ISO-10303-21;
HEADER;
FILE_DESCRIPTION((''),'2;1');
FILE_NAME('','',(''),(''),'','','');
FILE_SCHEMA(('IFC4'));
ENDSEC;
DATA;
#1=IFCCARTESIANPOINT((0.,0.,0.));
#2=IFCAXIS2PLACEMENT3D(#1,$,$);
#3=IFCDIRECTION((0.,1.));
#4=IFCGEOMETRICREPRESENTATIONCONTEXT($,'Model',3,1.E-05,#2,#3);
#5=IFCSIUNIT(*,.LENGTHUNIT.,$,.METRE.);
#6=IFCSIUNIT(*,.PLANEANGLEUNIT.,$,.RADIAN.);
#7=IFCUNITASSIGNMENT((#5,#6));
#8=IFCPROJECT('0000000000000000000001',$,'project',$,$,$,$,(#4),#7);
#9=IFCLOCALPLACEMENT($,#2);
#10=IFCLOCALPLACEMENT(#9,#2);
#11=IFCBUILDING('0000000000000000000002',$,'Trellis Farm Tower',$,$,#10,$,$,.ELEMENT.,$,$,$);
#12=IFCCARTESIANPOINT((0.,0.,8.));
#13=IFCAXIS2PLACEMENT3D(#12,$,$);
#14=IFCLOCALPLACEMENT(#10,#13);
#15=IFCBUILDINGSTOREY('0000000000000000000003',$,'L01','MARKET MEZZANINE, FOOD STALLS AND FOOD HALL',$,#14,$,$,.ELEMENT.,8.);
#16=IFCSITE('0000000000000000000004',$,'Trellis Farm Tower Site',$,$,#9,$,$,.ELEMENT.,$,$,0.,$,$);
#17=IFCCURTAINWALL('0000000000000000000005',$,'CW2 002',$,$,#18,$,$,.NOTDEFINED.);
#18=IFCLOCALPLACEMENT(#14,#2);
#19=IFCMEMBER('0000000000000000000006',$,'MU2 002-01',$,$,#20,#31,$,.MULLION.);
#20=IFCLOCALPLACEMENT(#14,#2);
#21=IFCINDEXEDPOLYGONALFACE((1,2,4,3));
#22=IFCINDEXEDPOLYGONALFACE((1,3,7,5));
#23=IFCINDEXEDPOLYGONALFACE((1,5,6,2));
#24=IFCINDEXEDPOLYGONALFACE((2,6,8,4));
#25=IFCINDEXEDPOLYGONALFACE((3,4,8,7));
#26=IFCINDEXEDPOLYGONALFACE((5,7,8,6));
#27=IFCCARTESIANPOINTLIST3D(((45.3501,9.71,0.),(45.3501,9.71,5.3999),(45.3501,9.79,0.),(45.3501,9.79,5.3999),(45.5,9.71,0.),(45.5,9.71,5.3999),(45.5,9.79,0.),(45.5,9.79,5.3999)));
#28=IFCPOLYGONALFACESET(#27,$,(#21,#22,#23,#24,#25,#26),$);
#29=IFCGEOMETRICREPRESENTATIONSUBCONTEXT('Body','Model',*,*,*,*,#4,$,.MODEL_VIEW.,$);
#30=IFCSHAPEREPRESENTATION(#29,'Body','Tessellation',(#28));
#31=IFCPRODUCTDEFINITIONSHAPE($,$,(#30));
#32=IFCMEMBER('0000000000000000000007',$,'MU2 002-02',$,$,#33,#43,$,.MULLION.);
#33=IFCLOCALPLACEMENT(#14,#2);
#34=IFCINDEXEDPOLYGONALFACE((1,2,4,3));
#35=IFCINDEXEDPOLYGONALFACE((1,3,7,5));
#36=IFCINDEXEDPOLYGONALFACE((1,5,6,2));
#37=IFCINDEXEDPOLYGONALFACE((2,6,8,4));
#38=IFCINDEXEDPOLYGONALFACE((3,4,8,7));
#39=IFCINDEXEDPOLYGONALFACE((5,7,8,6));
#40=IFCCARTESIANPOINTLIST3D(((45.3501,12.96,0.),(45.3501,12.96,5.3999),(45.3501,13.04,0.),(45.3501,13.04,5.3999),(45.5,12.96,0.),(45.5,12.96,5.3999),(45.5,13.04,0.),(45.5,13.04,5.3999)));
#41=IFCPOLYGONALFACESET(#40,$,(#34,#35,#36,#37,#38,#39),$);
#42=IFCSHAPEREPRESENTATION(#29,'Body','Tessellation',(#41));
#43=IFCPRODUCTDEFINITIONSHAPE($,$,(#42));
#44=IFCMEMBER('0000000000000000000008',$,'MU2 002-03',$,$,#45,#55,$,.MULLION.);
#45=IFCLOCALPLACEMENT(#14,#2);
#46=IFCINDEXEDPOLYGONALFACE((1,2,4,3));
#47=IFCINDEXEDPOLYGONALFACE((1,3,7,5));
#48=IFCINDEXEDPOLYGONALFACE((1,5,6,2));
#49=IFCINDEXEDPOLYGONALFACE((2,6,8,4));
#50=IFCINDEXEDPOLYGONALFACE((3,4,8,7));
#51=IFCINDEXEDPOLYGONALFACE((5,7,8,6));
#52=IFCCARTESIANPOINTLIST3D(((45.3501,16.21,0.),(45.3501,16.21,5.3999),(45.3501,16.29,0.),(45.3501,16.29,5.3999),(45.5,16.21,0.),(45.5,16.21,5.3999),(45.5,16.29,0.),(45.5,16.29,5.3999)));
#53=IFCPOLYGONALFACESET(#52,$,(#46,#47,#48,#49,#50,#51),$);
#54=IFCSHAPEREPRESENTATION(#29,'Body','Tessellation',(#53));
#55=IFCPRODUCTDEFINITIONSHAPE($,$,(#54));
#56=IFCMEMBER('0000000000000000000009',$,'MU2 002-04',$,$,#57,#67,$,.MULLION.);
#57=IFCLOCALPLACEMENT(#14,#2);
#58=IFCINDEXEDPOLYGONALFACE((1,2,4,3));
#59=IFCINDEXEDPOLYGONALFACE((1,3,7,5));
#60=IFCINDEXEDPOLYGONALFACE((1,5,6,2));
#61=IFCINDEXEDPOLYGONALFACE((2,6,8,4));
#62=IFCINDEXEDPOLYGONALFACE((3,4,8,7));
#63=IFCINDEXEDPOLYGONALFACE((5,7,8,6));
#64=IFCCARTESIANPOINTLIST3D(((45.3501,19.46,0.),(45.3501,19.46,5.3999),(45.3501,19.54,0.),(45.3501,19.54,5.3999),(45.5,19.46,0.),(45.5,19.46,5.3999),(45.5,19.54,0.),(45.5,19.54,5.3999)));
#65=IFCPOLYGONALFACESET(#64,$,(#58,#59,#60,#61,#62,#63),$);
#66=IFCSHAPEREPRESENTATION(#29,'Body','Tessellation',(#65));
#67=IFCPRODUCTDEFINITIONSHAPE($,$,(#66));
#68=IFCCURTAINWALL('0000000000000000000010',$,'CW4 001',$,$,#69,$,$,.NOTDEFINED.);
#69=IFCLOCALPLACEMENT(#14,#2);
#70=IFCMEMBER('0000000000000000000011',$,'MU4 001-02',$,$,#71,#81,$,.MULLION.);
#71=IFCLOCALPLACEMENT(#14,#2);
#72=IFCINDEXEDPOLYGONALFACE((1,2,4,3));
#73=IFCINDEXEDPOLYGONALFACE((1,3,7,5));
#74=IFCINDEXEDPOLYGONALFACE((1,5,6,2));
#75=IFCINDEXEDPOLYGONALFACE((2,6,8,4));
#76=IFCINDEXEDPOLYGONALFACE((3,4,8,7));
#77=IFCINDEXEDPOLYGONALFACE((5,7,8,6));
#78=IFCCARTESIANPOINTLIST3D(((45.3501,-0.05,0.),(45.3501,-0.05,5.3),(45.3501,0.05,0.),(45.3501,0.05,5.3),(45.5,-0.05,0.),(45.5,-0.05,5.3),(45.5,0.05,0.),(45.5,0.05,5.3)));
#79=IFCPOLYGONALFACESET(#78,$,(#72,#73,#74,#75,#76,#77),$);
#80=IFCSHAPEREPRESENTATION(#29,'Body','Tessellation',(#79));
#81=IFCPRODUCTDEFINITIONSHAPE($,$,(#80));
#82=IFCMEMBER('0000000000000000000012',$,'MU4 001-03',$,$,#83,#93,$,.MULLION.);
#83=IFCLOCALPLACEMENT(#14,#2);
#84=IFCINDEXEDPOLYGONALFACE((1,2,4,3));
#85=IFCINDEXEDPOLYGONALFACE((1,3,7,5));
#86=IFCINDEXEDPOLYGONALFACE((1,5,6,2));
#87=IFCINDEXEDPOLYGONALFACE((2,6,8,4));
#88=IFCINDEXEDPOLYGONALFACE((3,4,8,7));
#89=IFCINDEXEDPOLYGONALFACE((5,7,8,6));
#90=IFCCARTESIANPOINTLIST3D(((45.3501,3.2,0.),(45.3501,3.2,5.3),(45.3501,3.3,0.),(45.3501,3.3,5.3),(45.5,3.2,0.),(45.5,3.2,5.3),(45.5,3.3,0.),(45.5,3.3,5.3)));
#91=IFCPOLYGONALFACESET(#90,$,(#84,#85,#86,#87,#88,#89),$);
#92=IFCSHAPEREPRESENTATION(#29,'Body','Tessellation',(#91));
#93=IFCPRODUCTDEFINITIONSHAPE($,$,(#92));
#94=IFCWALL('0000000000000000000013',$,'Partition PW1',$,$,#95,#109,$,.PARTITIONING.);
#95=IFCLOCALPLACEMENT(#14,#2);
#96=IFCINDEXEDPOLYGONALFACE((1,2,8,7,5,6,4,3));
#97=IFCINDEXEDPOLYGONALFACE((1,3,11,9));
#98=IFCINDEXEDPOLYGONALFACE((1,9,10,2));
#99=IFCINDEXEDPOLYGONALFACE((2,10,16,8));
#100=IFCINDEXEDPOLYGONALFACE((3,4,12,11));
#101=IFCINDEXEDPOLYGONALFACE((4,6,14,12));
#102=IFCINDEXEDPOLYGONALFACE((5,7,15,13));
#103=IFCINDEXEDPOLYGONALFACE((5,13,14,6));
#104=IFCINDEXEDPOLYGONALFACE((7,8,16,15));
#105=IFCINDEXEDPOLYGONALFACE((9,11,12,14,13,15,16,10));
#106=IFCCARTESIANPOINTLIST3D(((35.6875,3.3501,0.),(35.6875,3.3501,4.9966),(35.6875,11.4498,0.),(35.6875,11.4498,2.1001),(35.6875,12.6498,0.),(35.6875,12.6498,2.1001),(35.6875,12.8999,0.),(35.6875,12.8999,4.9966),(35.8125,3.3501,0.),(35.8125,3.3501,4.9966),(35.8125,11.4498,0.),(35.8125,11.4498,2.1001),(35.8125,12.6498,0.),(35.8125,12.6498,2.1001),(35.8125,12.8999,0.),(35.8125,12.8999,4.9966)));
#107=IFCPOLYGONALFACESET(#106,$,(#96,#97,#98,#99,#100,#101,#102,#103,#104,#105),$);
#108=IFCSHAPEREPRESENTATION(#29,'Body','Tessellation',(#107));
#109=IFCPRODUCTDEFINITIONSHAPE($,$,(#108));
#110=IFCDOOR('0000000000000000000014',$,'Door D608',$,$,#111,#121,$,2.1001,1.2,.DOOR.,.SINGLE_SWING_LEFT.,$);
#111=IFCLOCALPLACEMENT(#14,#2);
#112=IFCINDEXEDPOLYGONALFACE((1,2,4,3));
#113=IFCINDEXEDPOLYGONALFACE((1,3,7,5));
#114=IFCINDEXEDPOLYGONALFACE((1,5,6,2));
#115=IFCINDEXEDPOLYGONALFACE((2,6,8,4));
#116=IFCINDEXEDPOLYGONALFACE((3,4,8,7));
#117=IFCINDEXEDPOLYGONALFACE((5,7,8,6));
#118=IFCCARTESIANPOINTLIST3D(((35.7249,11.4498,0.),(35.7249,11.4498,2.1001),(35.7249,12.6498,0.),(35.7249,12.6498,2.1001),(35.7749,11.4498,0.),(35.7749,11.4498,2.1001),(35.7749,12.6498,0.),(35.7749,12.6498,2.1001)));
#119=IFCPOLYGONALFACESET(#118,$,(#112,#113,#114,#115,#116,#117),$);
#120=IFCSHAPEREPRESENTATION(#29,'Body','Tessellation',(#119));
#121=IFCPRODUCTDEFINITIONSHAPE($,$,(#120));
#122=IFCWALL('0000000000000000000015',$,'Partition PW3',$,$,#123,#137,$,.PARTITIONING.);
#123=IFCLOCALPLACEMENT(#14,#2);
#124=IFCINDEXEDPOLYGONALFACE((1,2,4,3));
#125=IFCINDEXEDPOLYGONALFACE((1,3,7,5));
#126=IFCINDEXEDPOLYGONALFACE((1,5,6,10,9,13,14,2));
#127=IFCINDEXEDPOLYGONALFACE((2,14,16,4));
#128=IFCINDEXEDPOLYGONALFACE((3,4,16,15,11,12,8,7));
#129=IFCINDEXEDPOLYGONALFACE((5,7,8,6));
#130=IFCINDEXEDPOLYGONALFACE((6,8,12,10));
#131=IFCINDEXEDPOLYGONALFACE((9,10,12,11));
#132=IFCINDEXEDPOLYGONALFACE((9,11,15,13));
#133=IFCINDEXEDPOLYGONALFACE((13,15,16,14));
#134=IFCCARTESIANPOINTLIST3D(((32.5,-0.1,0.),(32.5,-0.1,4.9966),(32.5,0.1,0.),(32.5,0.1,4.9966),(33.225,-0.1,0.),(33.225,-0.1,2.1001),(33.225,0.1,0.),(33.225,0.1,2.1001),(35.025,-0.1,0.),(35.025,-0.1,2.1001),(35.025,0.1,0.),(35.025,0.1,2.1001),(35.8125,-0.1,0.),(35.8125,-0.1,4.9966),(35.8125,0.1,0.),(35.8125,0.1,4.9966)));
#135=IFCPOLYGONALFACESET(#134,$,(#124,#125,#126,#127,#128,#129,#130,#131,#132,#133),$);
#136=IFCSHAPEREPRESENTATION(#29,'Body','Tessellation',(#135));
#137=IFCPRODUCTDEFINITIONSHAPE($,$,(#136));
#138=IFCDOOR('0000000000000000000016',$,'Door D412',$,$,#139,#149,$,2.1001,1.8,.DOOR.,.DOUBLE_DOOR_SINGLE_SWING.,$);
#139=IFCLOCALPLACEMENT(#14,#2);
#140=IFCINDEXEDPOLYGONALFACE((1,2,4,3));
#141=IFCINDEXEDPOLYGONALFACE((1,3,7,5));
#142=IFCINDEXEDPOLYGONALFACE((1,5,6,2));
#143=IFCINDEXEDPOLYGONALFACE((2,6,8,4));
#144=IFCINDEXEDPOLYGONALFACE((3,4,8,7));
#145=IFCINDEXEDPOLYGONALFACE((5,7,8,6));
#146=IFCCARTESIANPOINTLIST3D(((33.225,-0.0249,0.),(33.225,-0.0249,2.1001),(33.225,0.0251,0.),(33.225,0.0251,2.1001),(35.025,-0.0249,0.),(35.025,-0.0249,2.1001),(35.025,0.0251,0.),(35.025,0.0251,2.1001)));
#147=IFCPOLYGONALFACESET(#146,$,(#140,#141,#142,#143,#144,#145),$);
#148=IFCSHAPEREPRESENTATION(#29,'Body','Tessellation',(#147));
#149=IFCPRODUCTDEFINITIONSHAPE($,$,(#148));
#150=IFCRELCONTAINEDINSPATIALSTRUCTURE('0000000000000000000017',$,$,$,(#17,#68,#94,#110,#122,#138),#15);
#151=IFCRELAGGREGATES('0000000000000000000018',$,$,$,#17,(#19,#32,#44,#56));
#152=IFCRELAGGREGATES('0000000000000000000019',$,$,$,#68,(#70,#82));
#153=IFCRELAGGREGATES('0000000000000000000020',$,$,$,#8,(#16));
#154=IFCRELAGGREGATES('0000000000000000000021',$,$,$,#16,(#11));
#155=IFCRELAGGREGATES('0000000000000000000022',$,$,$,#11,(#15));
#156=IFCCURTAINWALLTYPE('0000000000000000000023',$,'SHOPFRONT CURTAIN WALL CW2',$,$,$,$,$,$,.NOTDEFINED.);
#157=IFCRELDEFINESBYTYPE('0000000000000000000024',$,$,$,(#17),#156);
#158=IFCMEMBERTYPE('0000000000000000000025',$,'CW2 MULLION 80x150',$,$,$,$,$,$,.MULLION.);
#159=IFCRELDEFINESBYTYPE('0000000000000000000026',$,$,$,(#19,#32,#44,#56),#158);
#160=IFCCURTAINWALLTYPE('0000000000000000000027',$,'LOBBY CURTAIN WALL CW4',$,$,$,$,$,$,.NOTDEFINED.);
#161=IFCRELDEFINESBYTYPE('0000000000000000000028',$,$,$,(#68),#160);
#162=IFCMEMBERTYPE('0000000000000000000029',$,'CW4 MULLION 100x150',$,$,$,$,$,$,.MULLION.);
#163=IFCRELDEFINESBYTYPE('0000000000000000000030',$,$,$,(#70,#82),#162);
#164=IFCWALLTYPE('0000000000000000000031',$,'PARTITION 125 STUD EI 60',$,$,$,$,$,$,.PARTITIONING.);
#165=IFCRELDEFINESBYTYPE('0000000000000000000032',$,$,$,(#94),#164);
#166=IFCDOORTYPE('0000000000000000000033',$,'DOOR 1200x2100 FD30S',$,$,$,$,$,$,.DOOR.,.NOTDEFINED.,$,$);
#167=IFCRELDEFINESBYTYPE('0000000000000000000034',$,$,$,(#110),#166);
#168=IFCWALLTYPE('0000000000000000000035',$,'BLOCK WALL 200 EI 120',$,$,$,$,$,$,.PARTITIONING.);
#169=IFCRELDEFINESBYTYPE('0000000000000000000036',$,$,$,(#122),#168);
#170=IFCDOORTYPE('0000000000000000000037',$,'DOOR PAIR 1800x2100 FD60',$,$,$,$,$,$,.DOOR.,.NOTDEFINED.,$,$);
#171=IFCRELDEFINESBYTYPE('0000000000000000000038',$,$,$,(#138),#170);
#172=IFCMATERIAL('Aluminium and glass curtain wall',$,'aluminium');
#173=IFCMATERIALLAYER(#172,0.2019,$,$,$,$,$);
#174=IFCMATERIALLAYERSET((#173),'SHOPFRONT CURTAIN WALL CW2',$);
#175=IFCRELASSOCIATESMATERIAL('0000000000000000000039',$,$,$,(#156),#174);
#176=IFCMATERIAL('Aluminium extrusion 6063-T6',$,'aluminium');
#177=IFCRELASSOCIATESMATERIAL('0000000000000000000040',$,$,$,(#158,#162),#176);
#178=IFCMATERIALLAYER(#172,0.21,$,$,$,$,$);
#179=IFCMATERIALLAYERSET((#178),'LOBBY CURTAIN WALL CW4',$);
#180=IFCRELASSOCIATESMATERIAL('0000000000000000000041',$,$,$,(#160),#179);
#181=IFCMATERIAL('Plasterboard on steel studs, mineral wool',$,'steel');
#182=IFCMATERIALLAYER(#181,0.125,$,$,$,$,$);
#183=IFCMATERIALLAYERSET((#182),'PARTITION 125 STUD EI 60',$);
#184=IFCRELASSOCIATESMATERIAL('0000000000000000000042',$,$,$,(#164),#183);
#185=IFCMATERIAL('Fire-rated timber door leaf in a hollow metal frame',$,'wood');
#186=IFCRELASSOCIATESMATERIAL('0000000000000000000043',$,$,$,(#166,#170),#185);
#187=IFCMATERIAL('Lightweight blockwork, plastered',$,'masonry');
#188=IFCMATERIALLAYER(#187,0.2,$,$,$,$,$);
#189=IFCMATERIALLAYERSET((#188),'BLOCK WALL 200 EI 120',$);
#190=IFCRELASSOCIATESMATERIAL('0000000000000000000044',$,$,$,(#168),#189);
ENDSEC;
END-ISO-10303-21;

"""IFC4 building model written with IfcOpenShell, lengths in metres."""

from ifc_helpers import new_model, si_unit, direction, frame, frame_2d, origin, origin_2d, place, context, subcontext, project, spatial, rectangle, extrude, source, transform, mapped, material, layer, layer_set, material_profile, profile_set, type_object, element, fill, aggregate, save


model = new_model("IFC4")

# Units and contexts
model_context = context("Model", 3, precision=1e-05, world=origin(), true_north=direction((0.0, 1.0)))
body_context = subcontext(model_context, "Body", "Model", "MODEL_VIEW")
ifc_project = project(units=[si_unit("LENGTHUNIT", "METRE"), si_unit("PLANEANGLEUNIT", "RADIAN")], contexts=[model_context])

# Site, building, storey
site_placement = place(None, origin())
site = spatial("IfcSite", under=ifc_project, at=site_placement, Name="Trellis Farm Tower Site", CompositionType="ELEMENT", RefElevation=0.0)
building_placement = place(site_placement, origin())
building = spatial("IfcBuilding", under=site, at=building_placement, Name="Trellis Farm Tower", CompositionType="ELEMENT")
storey_placement = place(building_placement, frame((0.0, 0.0, 8.0)))
storey = spatial("IfcBuildingStorey", under=building, at=storey_placement, Name="L01", Description="MARKET MEZZANINE, FOOD STALLS AND FOOD HALL", CompositionType="ELEMENT", Elevation=8.0)

# Curtain walls, members
ifc_material_1 = material(Name="Aluminium and glass curtain wall", Category="aluminium")
ifc_layer_1 = layer(ifc_material_1, 0.2019)
ifc_layer_set_1 = layer_set([ifc_layer_1], Name="SHOPFRONT CURTAIN WALL CW2")
curtain_wall_type_1 = type_object("IfcCurtainWallType", Name="SHOPFRONT CURTAIN WALL CW2", PredefinedType="NOTDEFINED", material=ifc_layer_set_1)
placement = place(storey_placement, origin())
curtain_wall_1 = element("IfcCurtainWall", 1, at=placement, inside=storey, type_object=curtain_wall_type_1, Name="CW2 002", PredefinedType="NOTDEFINED")
ifc_material_2 = material(Name="Aluminium extrusion 6063-T6", Category="aluminium")
ifc_material_profile_1 = material_profile(ifc_material_2, rectangle(XDim=0.0801, YDim=0.1499, at=origin_2d()), Name="MULLION 80x150")
ifc_profile_set_1 = profile_set([ifc_material_profile_1], Name="Aluminium extrusion 6063-T6")
member_type_1 = type_object("IfcMemberType", Name="CW2 MULLION 80x150", PredefinedType="MULLION", material=ifc_profile_set_1)
shared_shape_1 = source(origin(), body_context, "Body", "SweptSolid", [
    extrude(rectangle(XDim=0.0801, YDim=0.1499, at=origin_2d()), origin(), (0.0, 0.0, 1.0), 5.3999),
])
member_1_placement = place(storey_placement, frame((45.425, 9.75, 0.0), z_axis=(0.0, 0.0, 1.0), x_axis=(0.0, 1.0, 0.0)))
member_1 = element("IfcMember", 2, at=member_1_placement, type_object=member_type_1, Name="MU2 002-01", PredefinedType="MULLION", context=body_context, shape_type="MappedRepresentation", body=[
    mapped(shared_shape_1, transform((0.0, 0.0, 0.0))),
])
member_2_placement = place(storey_placement, frame((45.425, 13.0, 0.0), z_axis=(0.0, 0.0, 1.0), x_axis=(0.0, 1.0, 0.0)))
member_2 = element("IfcMember", 3, at=member_2_placement, type_object=member_type_1, Name="MU2 002-02", PredefinedType="MULLION", context=body_context, shape_type="MappedRepresentation", body=[
    mapped(shared_shape_1, transform((0.0, 0.0, 0.0))),
])
member_3_placement = place(storey_placement, frame((45.425, 16.25, 0.0), z_axis=(0.0, 0.0, 1.0), x_axis=(0.0, 1.0, 0.0)))
member_3 = element("IfcMember", 4, at=member_3_placement, type_object=member_type_1, Name="MU2 002-03", PredefinedType="MULLION", context=body_context, shape_type="MappedRepresentation", body=[
    mapped(shared_shape_1, transform((0.0, 0.0, 0.0))),
])
member_4_placement = place(storey_placement, frame((45.425, 19.5, 0.0), z_axis=(0.0, 0.0, 1.0), x_axis=(0.0, 1.0, 0.0)))
member_4 = element("IfcMember", 5, at=member_4_placement, type_object=member_type_1, Name="MU2 002-04", PredefinedType="MULLION", context=body_context, shape_type="MappedRepresentation", body=[
    mapped(shared_shape_1, transform((0.0, 0.0, 0.0))),
])
aggregate(curtain_wall_1, [member_1, member_2, member_3, member_4])
ifc_layer_2 = layer(ifc_material_1, 0.21)
ifc_layer_set_2 = layer_set([ifc_layer_2], Name="LOBBY CURTAIN WALL CW4")
curtain_wall_type_2 = type_object("IfcCurtainWallType", Name="LOBBY CURTAIN WALL CW4", PredefinedType="NOTDEFINED", material=ifc_layer_set_2)
curtain_wall_2 = element("IfcCurtainWall", 6, at=placement, inside=storey, type_object=curtain_wall_type_2, Name="CW4 001", PredefinedType="NOTDEFINED")
ifc_material_profile_2 = material_profile(ifc_material_2, rectangle(XDim=0.1001, YDim=0.1499, at=origin_2d()), Name="MULLION 100x150")
ifc_profile_set_2 = profile_set([ifc_material_profile_2], Name="Aluminium extrusion 6063-T6")
member_type_2 = type_object("IfcMemberType", Name="CW4 MULLION 100x150", PredefinedType="MULLION", material=ifc_profile_set_2)
shared_shape_2 = source(origin(), body_context, "Body", "SweptSolid", [
    extrude(rectangle(XDim=0.1001, YDim=0.1499, at=origin_2d()), origin(), (0.0, 0.0, 1.0), 5.3),
])
member_5_placement = place(storey_placement, frame((45.425, 0.0, 0.0), z_axis=(0.0, 0.0, 1.0), x_axis=(0.0, 1.0, 0.0)))
member_5 = element("IfcMember", 7, at=member_5_placement, type_object=member_type_2, Name="MU4 001-02", PredefinedType="MULLION", context=body_context, shape_type="MappedRepresentation", body=[
    mapped(shared_shape_2, transform((0.0, 0.0, 0.0))),
])
member_6_placement = place(storey_placement, frame((45.425, 3.25, 0.0), z_axis=(0.0, 0.0, 1.0), x_axis=(0.0, 1.0, 0.0)))
member_6 = element("IfcMember", 8, at=member_6_placement, type_object=member_type_2, Name="MU4 001-03", PredefinedType="MULLION", context=body_context, shape_type="MappedRepresentation", body=[
    mapped(shared_shape_2, transform((0.0, 0.0, 0.0))),
])
aggregate(curtain_wall_2, [member_5, member_6])

# Walls, openings, doors
ifc_material_3 = material(Name="Plasterboard on steel studs, mineral wool", Category="steel")
ifc_layer_3 = layer(ifc_material_3, 0.125)
ifc_layer_set_3 = layer_set([ifc_layer_3], Name="PARTITION 125 STUD EI 60")
wall_type_1 = type_object("IfcWallType", Name="PARTITION 125 STUD EI 60", PredefinedType="PARTITIONING", material=ifc_layer_set_3)
shared_shape_3 = source(origin(), body_context, "Body", "SweptSolid", [
    extrude(rectangle(XDim=9.5498, YDim=0.125, at=frame_2d((4.7749, 0.0))), origin(), (0.0, 0.0, 1.0), 4.9966),
])
wall_1_placement = place(storey_placement, frame((35.75, 12.8999, 0.0), z_axis=(0.0, 0.0, 1.0), x_axis=(0.0, -1.0, 0.0)))
wall_1 = element("IfcWall", 9, at=wall_1_placement, inside=storey, type_object=wall_type_1, Name="Partition PW1", PredefinedType="PARTITIONING", context=body_context, shape_type="MappedRepresentation", body=[
    mapped(shared_shape_3, transform((0.0, 0.0, 0.0))),
])
shared_shape_4 = source(origin(), body_context, "Body", "SweptSolid", [
    extrude(rectangle(XDim=1.2, YDim=2.1001, at=frame_2d((0.6001, 1.05))), frame((0.0, 0.0725, 0.0), z_axis=(0.0, -1.0, 0.0), x_axis=(1.0, 0.0, 0.0)), (0.0, 0.0, 1.0), 0.145),
])
opening_1_placement = place(wall_1_placement, frame((0.25, 0.0, 0.0)))
opening_1 = element("IfcOpeningElement", 10, at=opening_1_placement, cuts=wall_1, PredefinedType="OPENING", context=body_context, shape_type="MappedRepresentation", body=[
    mapped(shared_shape_4, transform((0.0, 0.0, 0.0))),
])
ifc_material_4 = material(Name="Fire-rated timber door leaf in a hollow metal frame", Category="wood")
door_type_1 = type_object("IfcDoorType", Name="DOOR 1200x2100 FD30S", OperationType="NOTDEFINED", PredefinedType="DOOR", material=ifc_material_4)
shared_shape_5 = source(origin(), body_context, "Body", "SweptSolid", [
    extrude(rectangle(XDim=1.2, YDim=2.1001, at=frame_2d((0.6001, 1.05))), frame((0.0, 0.0249, 0.0), z_axis=(0.0, -1.0, 0.0), x_axis=(1.0, 0.0, 0.0)), (0.0, 0.0, 1.0), 0.05),
])
door_1_placement = place(opening_1_placement, origin())
door_1 = element("IfcDoor", 11, at=door_1_placement, inside=storey, type_object=door_type_1, Name="Door D608", OperationType="SINGLE_SWING_LEFT", OverallHeight=2.1001, OverallWidth=1.2, PredefinedType="DOOR", context=body_context, shape_type="MappedRepresentation", body=[
    mapped(shared_shape_5, transform((0.0, 0.0, 0.0))),
])
fill(opening_1, door_1)
ifc_material_5 = material(Name="Lightweight blockwork, plastered", Category="masonry")
ifc_layer_4 = layer(ifc_material_5, 0.2)
ifc_layer_set_4 = layer_set([ifc_layer_4], Name="BLOCK WALL 200 EI 120")
wall_type_2 = type_object("IfcWallType", Name="BLOCK WALL 200 EI 120", PredefinedType="PARTITIONING", material=ifc_layer_set_4)
shared_shape_6 = source(origin(), body_context, "Body", "SweptSolid", [
    extrude(rectangle(XDim=3.3125, YDim=0.2, at=frame_2d((1.6562, 0.0))), origin(), (0.0, 0.0, 1.0), 4.9966),
])
wall_2_placement = place(storey_placement, frame((35.8125, 0.0, 0.0), z_axis=(0.0, 0.0, 1.0), x_axis=(-1.0, 0.0, 0.0)))
wall_2 = element("IfcWall", 12, at=wall_2_placement, inside=storey, type_object=wall_type_2, Name="Partition PW3", PredefinedType="PARTITIONING", context=body_context, shape_type="MappedRepresentation", body=[
    mapped(shared_shape_6, transform((0.0, 0.0, 0.0))),
])
shared_shape_7 = source(origin(), body_context, "Body", "SweptSolid", [
    extrude(rectangle(XDim=1.8, YDim=2.1001, at=frame_2d((0.8999, 1.05))), frame((0.0, 0.1101, 0.0), z_axis=(0.0, -1.0, 0.0), x_axis=(1.0, 0.0, 0.0)), (0.0, 0.0, 1.0), 0.2202),
])
opening_2_placement = place(wall_2_placement, frame((0.7876, 0.0, 0.0)))
opening_2 = element("IfcOpeningElement", 13, at=opening_2_placement, cuts=wall_2, PredefinedType="OPENING", context=body_context, shape_type="MappedRepresentation", body=[
    mapped(shared_shape_7, transform((0.0, 0.0, 0.0))),
])
door_type_2 = type_object("IfcDoorType", Name="DOOR PAIR 1800x2100 FD60", OperationType="NOTDEFINED", PredefinedType="DOOR", material=ifc_material_4)
shared_shape_8 = source(origin(), body_context, "Body", "SweptSolid", [
    extrude(rectangle(XDim=1.8, YDim=2.1001, at=frame_2d((0.8999, 1.05))), frame((0.0, 0.0249, 0.0), z_axis=(0.0, -1.0, 0.0), x_axis=(1.0, 0.0, 0.0)), (0.0, 0.0, 1.0), 0.05),
])
door_2_placement = place(opening_2_placement, origin())
door_2 = element("IfcDoor", 14, at=door_2_placement, inside=storey, type_object=door_type_2, Name="Door D412", OperationType="DOUBLE_DOOR_SINGLE_SWING", OverallHeight=2.1001, OverallWidth=1.8, PredefinedType="DOOR", context=body_context, shape_type="MappedRepresentation", body=[
    mapped(shared_shape_8, transform((0.0, 0.0, 0.0))),
])
fill(opening_2, door_2)

save(model, "model.ifc")
